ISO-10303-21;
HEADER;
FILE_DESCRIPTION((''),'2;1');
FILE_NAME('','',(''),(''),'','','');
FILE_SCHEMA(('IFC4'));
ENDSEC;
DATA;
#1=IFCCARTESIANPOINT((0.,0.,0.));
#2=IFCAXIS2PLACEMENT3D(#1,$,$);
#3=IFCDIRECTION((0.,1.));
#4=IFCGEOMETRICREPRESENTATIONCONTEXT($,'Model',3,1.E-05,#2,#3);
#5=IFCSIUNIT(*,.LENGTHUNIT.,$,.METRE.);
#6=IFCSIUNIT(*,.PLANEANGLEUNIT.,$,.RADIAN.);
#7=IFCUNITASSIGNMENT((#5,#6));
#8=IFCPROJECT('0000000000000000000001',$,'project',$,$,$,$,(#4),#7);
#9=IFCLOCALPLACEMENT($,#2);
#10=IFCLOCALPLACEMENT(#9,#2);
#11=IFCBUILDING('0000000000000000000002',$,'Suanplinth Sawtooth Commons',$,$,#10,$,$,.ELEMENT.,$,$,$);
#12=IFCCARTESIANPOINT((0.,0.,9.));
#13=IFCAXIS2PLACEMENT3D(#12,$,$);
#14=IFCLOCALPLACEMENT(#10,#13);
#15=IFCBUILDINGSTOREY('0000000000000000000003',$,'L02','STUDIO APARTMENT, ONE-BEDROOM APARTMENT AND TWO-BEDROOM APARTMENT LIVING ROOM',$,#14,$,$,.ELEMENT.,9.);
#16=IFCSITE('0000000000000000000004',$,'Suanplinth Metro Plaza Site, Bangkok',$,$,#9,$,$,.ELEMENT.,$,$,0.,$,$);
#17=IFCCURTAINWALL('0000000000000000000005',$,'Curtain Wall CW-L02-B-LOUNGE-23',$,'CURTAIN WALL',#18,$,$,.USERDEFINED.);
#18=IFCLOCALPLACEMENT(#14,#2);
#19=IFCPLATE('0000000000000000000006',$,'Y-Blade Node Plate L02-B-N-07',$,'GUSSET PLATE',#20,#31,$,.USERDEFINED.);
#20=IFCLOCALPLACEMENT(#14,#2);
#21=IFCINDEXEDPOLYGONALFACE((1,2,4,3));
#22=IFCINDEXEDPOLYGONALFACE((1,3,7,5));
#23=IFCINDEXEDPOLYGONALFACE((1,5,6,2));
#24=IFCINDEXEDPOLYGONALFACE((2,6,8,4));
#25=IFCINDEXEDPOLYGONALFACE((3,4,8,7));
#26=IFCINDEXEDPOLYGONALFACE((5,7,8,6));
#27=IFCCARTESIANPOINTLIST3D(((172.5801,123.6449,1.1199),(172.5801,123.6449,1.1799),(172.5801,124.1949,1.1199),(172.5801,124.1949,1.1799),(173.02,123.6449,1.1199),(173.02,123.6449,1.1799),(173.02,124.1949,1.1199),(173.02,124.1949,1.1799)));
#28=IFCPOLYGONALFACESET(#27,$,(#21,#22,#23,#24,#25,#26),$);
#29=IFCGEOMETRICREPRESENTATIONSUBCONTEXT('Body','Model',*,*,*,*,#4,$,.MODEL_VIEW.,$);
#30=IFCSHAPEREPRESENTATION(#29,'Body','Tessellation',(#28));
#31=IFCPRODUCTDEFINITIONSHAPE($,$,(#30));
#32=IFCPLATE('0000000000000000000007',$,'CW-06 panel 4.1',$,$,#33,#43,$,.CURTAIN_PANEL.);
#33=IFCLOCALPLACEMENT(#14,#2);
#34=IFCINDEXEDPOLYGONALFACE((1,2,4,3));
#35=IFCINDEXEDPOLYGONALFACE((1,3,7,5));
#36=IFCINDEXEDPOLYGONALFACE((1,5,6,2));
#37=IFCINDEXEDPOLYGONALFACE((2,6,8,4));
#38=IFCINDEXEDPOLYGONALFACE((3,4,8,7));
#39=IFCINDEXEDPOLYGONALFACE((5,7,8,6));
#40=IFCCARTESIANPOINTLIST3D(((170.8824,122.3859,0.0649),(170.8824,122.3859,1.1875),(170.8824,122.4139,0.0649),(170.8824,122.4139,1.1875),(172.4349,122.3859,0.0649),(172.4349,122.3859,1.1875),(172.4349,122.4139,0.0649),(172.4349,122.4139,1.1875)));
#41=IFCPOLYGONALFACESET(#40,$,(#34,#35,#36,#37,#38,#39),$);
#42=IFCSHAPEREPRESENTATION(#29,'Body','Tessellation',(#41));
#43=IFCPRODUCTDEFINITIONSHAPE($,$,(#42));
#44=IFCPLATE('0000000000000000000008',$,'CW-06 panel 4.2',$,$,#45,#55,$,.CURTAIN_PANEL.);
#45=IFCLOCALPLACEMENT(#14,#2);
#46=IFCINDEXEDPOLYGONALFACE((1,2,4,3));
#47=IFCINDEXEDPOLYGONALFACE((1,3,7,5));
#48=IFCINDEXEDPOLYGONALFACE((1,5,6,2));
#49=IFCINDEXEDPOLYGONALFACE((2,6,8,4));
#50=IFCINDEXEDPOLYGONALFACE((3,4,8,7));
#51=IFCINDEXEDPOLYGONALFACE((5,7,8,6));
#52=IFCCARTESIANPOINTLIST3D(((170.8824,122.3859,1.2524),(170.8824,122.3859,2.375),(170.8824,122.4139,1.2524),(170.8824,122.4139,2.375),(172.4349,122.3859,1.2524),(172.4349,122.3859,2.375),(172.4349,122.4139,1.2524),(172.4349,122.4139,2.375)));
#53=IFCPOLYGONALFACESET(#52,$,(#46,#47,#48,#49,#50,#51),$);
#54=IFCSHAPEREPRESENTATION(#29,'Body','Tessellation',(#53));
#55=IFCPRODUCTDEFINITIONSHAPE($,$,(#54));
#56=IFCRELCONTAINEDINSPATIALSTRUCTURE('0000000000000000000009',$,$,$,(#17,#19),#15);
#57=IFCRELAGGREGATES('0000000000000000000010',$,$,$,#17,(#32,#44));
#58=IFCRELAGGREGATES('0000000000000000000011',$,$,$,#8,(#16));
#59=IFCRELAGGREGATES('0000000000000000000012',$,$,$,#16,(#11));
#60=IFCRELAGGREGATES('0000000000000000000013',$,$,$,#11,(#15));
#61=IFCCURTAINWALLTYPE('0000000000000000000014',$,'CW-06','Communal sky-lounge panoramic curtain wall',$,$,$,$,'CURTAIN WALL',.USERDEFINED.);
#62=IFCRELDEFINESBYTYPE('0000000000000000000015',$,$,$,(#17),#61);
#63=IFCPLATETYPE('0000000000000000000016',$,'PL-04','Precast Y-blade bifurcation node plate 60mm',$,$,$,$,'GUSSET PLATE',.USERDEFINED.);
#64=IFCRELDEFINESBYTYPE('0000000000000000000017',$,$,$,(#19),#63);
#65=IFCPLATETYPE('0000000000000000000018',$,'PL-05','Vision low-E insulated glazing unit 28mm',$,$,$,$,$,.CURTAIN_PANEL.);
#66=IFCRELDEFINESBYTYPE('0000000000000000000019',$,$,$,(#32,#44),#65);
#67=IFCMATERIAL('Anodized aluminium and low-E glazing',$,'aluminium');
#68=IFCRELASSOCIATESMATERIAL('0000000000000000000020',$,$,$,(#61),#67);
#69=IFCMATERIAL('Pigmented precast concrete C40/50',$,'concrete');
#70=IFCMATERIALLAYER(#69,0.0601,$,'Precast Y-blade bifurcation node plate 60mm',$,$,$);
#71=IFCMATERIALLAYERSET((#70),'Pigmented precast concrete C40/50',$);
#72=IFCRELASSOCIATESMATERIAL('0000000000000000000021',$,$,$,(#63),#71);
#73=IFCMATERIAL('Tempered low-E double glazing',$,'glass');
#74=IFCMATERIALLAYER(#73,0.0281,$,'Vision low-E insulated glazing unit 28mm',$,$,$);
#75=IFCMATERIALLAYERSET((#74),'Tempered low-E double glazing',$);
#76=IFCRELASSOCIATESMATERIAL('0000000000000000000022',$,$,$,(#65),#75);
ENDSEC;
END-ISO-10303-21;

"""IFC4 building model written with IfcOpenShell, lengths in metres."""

from ifc_helpers import new_model, si_unit, direction, frame, origin, origin_2d, place, context, subcontext, project, spatial, rectangle, extrude, material, layer, layer_set, type_object, element, aggregate, save


model = new_model("IFC4")

# Units and contexts
model_context = context("Model", 3, precision=1e-05, world=origin(), true_north=direction((0.0, 1.0)))
body_context = subcontext(model_context, "Body", "Model", "MODEL_VIEW")
ifc_project = project(units=[si_unit("LENGTHUNIT", "METRE"), si_unit("PLANEANGLEUNIT", "RADIAN")], contexts=[model_context])

# Site, building, storey
site_placement = place(None, origin())
site = spatial("IfcSite", under=ifc_project, at=site_placement, Name="Suanplinth Metro Plaza Site, Bangkok", CompositionType="ELEMENT", RefElevation=0.0)
building_placement = place(site_placement, origin())
building = spatial("IfcBuilding", under=site, at=building_placement, Name="Suanplinth Sawtooth Commons", CompositionType="ELEMENT")
storey_placement = place(building_placement, frame((0.0, 0.0, 9.0)))
storey = spatial("IfcBuildingStorey", under=building, at=storey_placement, Name="L02", Description="STUDIO APARTMENT, ONE-BEDROOM APARTMENT AND TWO-BEDROOM APARTMENT LIVING ROOM", CompositionType="ELEMENT", Elevation=9.0)

# Shared definitions
ifc_material_1 = material(Name="Pigmented precast concrete C40/50", Category="concrete")

# Curtain wall
ifc_material_2 = material(Name="Anodized aluminium and low-E glazing", Category="aluminium")
curtain_wall_type = type_object("IfcCurtainWallType", Name="CW-06", Description="Communal sky-lounge panoramic curtain wall", ElementType="CURTAIN WALL", PredefinedType="USERDEFINED", material=ifc_material_2)
curtain_wall_placement = place(storey_placement, origin())
curtain_wall = element("IfcCurtainWall", 1, at=curtain_wall_placement, inside=storey, type_object=curtain_wall_type, Name="Curtain Wall CW-L02-B-LOUNGE-23", ObjectType="CURTAIN WALL", PredefinedType="USERDEFINED")

# Plates
ifc_layer_1 = layer(ifc_material_1, 0.0601, Name="Precast Y-blade bifurcation node plate 60mm")
ifc_layer_set_1 = layer_set([ifc_layer_1], Name="Pigmented precast concrete C40/50")
plate_type_1 = type_object("IfcPlateType", Name="PL-04", Description="Precast Y-blade bifurcation node plate 60mm", ElementType="GUSSET PLATE", PredefinedType="USERDEFINED", material=ifc_layer_set_1)
plate_1_placement = place(storey_placement, frame((172.8, 123.9199, 1.1199), z_axis=(0.0, 0.0, 1.0), x_axis=(1.0, 0.0, 0.0)))
element("IfcPlate", 2, at=plate_1_placement, inside=storey, type_object=plate_type_1, Name="Y-Blade Node Plate L02-B-N-07", ObjectType="GUSSET PLATE", PredefinedType="USERDEFINED", context=body_context, shape_type="SweptSolid", body=[
    extrude(rectangle(XDim=0.4399, YDim=0.55, at=origin_2d()), origin(), (0.0, 0.0, 1.0), 0.0601),
])
ifc_material_3 = material(Name="Tempered low-E double glazing", Category="glass")
ifc_layer_2 = layer(ifc_material_3, 0.0281, Name="Vision low-E insulated glazing unit 28mm")
ifc_layer_set_2 = layer_set([ifc_layer_2], Name="Tempered low-E double glazing")
plate_type_2 = type_object("IfcPlateType", Name="PL-05", Description="Vision low-E insulated glazing unit 28mm", PredefinedType="CURTAIN_PANEL", material=ifc_layer_set_2)
plate_2_placement = place(storey_placement, frame((171.6587, 122.3999, 0.0649), z_axis=(0.0, 0.0, 1.0), x_axis=(1.0, 0.0, 0.0)))
plate_2 = element("IfcPlate", 3, at=plate_2_placement, type_object=plate_type_2, Name="CW-06 panel 4.1", PredefinedType="CURTAIN_PANEL", context=body_context, shape_type="SweptSolid", body=[
    extrude(rectangle(XDim=1.5525, YDim=0.0281, at=origin_2d()), origin(), (0.0, 0.0, 1.0), 1.1226),
])
plate_3_placement = place(storey_placement, frame((171.6587, 122.3999, 1.2524), z_axis=(0.0, 0.0, 1.0), x_axis=(1.0, 0.0, 0.0)))
plate_3 = element("IfcPlate", 4, at=plate_3_placement, type_object=plate_type_2, Name="CW-06 panel 4.2", PredefinedType="CURTAIN_PANEL", context=body_context, shape_type="SweptSolid", body=[
    extrude(rectangle(XDim=1.5525, YDim=0.0281, at=origin_2d()), origin(), (0.0, 0.0, 1.0), 1.1226),
])
aggregate(curtain_wall, [plate_2, plate_3])

save(model, "model.ifc")
